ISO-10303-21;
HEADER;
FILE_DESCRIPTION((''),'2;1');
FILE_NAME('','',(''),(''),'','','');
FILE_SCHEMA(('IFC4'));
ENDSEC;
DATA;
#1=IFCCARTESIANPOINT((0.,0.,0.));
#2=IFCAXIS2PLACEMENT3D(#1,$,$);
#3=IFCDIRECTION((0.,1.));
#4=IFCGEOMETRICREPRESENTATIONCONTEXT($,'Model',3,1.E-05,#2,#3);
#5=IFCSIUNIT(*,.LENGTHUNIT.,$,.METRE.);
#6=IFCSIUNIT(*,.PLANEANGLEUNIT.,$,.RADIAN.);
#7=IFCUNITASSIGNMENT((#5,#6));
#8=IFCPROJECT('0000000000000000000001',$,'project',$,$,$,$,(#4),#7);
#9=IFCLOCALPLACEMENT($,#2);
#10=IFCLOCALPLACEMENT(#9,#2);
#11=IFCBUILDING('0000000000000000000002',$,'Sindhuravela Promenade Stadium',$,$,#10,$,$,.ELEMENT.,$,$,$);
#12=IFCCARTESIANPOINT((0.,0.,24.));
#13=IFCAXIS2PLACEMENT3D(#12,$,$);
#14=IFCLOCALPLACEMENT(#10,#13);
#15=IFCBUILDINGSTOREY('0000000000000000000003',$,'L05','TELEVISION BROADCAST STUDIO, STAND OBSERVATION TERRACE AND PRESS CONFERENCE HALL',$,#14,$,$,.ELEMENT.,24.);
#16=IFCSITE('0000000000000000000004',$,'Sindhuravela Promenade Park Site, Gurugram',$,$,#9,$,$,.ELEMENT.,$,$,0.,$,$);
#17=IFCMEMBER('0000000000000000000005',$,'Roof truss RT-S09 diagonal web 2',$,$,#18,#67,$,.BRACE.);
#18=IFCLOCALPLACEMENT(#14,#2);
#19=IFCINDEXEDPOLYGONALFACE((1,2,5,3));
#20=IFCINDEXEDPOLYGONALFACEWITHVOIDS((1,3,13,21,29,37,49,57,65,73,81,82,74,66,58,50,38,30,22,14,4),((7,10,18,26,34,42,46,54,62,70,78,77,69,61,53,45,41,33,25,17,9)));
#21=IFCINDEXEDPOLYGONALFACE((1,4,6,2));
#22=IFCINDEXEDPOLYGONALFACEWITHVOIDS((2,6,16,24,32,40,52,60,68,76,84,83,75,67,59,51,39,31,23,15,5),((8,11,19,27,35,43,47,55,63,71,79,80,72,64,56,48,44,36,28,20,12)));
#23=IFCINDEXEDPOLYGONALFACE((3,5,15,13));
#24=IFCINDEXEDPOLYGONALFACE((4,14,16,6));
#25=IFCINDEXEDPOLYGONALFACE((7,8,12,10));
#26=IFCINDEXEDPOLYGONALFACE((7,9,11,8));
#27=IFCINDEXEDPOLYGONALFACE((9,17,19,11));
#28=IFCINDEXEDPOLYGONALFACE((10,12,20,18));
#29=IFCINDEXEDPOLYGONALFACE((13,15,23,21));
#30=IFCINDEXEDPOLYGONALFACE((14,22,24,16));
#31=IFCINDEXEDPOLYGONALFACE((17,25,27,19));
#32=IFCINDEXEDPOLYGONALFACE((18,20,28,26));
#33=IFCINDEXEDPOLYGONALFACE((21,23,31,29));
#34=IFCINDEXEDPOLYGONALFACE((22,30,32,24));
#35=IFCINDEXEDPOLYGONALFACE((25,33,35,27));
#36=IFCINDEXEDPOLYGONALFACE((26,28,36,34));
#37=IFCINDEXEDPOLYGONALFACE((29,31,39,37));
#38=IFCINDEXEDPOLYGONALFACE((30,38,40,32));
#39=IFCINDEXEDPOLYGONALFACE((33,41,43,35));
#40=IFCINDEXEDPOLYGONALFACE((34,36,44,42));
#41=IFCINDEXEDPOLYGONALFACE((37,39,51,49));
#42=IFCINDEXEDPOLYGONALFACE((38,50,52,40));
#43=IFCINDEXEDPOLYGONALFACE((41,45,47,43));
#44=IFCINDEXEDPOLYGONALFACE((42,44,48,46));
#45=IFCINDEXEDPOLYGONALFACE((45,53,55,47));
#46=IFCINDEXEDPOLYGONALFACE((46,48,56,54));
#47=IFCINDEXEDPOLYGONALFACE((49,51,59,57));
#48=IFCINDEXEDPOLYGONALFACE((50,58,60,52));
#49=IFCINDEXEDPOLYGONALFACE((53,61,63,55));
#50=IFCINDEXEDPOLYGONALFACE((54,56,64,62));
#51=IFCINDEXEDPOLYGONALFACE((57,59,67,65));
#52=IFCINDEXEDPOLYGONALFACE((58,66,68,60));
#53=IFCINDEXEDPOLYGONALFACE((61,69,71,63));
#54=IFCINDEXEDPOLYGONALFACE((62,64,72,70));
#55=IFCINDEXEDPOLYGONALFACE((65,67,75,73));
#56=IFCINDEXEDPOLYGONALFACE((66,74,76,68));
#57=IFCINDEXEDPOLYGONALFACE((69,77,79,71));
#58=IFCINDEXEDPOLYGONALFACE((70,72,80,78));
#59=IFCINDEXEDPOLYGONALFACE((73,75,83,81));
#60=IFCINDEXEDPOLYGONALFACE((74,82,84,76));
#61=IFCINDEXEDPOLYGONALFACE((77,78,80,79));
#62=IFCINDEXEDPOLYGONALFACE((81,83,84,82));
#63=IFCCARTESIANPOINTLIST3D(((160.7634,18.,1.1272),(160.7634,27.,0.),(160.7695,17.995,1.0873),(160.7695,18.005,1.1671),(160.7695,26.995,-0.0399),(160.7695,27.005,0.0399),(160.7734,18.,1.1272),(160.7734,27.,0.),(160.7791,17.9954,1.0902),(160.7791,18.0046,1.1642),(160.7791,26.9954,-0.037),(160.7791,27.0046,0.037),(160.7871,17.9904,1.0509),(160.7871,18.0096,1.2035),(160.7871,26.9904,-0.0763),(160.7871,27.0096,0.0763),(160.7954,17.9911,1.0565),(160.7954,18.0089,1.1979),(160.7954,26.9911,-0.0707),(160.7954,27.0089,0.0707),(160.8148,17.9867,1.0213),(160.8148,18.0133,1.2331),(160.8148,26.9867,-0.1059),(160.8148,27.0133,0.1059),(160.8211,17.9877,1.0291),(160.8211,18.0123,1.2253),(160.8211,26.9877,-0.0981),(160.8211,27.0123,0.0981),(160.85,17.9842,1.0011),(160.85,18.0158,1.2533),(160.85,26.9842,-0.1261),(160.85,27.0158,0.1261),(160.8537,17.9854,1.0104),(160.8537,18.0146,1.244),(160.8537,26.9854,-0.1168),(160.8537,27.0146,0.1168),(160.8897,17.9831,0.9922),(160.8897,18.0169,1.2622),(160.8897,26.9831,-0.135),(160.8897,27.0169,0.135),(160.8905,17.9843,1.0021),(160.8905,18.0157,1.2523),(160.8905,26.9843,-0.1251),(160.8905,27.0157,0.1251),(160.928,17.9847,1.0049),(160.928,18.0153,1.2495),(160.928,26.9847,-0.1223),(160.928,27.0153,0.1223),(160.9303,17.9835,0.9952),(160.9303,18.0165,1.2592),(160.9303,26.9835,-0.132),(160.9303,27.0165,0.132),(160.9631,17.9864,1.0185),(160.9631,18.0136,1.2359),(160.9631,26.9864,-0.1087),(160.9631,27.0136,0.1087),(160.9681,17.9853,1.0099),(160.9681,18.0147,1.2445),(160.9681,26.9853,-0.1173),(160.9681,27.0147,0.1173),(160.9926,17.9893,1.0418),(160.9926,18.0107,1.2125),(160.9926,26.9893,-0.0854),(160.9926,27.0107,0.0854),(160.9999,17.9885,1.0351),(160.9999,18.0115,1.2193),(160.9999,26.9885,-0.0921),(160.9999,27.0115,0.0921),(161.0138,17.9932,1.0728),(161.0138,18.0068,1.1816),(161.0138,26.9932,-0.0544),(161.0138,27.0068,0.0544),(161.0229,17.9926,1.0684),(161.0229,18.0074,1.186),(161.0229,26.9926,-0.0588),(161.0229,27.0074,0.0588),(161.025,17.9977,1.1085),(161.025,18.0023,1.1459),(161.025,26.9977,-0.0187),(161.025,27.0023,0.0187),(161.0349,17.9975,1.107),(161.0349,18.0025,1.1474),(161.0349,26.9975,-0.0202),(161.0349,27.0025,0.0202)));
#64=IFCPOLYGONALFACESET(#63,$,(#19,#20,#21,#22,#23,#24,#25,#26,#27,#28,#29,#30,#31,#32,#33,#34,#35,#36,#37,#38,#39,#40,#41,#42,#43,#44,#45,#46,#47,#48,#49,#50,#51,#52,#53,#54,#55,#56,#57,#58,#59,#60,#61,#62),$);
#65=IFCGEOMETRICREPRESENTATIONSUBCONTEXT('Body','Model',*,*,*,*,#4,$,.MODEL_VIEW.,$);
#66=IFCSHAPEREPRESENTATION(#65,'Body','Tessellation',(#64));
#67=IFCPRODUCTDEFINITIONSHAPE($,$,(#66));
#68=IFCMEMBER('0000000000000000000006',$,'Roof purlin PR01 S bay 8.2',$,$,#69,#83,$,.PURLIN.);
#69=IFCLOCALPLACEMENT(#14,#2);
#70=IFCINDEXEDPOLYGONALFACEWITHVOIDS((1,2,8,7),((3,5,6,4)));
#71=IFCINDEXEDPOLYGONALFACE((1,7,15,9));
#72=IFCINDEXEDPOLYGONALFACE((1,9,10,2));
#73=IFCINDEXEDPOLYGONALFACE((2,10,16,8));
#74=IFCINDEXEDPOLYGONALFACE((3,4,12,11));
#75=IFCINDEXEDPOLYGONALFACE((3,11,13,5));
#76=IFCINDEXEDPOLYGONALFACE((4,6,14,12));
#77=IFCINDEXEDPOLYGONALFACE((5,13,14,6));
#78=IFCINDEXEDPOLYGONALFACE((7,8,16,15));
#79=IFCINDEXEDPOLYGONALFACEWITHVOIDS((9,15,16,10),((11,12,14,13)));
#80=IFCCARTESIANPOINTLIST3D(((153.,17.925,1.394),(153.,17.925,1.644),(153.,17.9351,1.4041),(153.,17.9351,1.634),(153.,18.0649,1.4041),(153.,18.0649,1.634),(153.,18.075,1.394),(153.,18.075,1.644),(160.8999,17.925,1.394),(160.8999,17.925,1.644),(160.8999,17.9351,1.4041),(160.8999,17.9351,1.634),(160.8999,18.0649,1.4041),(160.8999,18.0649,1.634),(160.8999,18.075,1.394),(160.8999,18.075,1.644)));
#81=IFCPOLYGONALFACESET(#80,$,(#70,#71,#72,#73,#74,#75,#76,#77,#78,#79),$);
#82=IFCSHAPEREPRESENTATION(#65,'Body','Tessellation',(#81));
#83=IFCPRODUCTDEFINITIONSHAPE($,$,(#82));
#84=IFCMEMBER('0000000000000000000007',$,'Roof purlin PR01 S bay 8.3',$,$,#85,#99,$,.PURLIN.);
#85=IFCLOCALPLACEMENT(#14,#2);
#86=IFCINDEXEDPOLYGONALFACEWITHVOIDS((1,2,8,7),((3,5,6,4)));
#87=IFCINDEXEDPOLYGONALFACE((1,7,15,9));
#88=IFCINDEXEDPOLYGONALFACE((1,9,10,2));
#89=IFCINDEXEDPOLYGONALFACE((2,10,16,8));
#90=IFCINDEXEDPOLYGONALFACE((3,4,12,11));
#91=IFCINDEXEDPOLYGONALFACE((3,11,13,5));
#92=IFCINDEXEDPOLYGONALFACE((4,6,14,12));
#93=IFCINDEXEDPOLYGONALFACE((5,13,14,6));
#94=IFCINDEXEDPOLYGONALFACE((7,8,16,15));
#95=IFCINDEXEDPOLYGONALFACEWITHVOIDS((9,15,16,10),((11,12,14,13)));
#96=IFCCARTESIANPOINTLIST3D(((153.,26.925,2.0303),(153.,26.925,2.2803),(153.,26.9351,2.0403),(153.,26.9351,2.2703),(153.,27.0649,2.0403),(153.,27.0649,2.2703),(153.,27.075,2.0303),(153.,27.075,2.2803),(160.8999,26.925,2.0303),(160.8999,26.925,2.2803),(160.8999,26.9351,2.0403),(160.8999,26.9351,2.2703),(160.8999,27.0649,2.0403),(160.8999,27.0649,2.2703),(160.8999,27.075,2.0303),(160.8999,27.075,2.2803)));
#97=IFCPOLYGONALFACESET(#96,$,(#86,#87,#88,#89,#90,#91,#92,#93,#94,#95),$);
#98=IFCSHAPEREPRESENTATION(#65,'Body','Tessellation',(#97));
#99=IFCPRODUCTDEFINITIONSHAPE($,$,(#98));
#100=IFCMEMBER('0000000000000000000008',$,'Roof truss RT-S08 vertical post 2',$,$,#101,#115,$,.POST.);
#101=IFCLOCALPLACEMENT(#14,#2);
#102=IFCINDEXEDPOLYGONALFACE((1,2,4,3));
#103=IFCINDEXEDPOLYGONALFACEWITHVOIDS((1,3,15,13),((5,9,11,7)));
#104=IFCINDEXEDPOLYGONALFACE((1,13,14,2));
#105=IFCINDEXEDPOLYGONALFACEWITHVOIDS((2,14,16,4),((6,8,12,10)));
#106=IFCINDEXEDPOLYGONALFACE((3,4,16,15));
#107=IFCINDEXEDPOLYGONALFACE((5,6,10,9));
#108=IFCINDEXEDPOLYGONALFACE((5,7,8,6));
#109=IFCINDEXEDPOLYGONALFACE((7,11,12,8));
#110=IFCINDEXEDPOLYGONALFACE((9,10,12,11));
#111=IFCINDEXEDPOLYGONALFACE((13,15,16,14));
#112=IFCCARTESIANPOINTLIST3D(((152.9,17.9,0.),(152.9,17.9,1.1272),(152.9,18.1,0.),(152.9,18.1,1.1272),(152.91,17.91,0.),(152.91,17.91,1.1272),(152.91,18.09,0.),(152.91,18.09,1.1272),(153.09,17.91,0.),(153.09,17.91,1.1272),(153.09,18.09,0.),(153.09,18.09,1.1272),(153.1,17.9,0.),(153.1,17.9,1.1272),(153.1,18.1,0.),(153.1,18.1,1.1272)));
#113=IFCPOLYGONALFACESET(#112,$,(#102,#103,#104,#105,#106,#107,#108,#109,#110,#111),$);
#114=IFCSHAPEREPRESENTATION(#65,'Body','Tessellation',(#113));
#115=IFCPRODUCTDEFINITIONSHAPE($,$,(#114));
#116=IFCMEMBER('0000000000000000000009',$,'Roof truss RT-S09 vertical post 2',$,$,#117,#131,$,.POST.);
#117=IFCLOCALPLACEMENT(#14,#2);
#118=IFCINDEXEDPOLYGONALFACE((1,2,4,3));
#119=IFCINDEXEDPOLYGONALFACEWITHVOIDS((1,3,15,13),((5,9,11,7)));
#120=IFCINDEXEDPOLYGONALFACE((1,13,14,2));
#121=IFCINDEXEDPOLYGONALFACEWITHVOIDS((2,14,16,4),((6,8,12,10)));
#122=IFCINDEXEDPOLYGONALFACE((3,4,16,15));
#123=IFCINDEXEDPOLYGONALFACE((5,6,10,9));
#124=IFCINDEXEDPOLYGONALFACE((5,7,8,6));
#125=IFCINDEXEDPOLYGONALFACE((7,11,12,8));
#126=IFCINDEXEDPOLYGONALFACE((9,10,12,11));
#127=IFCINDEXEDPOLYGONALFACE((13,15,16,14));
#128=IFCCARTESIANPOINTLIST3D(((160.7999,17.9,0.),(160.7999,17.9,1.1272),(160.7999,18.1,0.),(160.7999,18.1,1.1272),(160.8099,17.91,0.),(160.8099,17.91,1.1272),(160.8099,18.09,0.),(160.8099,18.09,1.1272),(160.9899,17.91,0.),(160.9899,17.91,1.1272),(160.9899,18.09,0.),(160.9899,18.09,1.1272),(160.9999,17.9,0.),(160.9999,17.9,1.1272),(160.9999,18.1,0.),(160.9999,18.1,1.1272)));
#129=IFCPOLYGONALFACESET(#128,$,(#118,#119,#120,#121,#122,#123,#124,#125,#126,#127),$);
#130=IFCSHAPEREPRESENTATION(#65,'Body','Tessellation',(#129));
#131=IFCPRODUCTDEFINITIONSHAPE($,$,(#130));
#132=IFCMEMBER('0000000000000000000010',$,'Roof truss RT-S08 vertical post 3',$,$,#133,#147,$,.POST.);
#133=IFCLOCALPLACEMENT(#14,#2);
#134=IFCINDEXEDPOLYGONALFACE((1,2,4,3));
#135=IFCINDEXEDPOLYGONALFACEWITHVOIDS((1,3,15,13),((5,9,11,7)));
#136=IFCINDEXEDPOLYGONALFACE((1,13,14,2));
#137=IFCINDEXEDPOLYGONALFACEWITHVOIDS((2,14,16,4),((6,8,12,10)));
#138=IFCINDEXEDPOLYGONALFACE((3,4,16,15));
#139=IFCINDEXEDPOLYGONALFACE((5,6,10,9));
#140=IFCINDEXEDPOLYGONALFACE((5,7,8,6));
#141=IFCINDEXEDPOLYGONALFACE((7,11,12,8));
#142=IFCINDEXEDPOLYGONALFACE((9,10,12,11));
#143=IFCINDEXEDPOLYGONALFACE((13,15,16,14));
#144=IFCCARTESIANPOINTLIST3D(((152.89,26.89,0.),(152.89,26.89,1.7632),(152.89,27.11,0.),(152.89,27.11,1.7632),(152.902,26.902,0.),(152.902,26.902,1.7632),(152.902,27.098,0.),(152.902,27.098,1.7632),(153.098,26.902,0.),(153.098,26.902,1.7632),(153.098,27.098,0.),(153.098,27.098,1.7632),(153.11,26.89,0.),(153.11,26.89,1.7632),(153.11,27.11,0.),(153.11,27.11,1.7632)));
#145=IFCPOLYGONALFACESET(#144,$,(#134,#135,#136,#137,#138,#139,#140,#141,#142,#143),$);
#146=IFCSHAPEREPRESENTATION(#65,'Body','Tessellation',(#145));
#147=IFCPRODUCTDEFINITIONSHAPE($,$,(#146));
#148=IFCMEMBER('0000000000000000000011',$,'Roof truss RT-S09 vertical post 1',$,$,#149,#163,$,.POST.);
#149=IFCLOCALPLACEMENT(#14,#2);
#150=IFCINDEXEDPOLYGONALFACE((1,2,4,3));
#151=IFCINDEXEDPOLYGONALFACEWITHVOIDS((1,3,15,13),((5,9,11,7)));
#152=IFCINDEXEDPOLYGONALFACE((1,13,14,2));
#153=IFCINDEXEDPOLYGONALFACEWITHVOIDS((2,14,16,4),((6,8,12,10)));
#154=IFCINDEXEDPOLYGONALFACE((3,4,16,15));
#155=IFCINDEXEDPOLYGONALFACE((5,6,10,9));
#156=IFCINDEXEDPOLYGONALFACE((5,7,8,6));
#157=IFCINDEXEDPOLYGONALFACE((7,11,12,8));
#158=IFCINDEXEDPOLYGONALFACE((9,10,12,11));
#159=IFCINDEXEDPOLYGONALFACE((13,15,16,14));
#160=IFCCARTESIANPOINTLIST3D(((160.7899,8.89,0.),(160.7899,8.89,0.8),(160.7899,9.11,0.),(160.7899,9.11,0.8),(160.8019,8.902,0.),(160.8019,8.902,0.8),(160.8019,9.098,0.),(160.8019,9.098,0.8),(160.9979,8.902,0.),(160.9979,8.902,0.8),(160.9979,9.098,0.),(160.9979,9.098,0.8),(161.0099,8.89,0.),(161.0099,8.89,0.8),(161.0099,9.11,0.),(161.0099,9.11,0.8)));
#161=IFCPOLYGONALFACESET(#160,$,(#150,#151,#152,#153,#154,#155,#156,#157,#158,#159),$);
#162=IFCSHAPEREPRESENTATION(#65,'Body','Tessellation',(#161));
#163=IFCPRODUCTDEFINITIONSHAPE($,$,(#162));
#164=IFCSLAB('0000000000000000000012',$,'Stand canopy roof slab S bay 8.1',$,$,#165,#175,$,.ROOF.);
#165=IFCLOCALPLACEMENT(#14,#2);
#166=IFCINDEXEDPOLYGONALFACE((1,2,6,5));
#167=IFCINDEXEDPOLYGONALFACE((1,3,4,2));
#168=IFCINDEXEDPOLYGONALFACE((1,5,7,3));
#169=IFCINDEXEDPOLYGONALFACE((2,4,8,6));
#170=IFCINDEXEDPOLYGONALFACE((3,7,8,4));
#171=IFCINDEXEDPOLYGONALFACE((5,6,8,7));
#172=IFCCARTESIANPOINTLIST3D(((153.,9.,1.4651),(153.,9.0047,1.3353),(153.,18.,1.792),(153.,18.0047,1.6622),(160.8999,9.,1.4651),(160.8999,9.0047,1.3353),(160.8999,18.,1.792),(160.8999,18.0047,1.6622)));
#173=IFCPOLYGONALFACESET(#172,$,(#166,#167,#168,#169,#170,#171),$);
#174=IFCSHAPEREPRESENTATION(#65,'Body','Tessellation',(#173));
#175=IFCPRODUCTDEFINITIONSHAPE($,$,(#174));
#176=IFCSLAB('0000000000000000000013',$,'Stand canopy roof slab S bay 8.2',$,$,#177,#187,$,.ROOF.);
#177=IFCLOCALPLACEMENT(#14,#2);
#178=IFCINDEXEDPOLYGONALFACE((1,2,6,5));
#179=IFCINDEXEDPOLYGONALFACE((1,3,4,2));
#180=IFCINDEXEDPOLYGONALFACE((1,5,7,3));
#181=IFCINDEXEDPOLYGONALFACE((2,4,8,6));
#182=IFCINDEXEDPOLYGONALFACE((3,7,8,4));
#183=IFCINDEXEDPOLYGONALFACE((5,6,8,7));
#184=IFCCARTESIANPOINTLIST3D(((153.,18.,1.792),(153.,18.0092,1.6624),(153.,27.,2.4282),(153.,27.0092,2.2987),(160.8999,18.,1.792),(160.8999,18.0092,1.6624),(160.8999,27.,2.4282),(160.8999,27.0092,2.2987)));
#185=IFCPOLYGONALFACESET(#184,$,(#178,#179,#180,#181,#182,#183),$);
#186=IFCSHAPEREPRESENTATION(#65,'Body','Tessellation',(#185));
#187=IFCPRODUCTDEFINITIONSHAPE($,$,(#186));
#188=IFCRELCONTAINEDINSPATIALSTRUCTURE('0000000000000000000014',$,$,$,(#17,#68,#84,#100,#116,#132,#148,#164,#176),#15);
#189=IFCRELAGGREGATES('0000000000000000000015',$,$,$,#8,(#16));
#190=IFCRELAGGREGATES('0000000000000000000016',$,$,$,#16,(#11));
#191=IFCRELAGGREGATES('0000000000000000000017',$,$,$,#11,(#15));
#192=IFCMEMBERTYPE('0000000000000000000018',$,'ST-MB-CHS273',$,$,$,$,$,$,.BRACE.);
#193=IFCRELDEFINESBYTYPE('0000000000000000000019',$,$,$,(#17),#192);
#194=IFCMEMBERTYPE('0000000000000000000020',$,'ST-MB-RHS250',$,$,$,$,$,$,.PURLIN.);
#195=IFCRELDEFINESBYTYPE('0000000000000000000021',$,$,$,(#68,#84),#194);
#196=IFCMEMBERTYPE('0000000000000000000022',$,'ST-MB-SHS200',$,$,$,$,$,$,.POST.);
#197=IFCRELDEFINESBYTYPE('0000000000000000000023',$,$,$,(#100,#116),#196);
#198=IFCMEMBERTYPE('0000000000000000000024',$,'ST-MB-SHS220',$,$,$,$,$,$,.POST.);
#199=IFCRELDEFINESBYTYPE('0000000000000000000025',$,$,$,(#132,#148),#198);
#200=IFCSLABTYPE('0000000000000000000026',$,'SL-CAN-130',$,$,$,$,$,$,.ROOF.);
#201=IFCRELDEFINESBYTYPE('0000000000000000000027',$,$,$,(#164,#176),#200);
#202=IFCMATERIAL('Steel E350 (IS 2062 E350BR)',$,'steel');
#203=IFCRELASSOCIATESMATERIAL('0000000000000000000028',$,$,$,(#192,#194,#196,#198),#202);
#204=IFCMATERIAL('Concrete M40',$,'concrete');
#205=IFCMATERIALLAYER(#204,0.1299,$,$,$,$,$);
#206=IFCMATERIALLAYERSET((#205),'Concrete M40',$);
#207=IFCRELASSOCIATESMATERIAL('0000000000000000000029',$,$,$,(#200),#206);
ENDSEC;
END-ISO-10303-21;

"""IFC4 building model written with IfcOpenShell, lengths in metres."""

from ifc_helpers import new_model, si_unit, direction, frame, origin, origin_2d, place, context, subcontext, project, spatial, polyline, hollow_rectangle, hollow_circle, outline, extrude, material, layer, layer_set, material_profile, profile_set, type_object, element, save


model = new_model("IFC4")

# Units and contexts
model_context = context("Model", 3, precision=1e-05, world=origin(), true_north=direction((0.0, 1.0)))
body_context = subcontext(model_context, "Body", "Model", "MODEL_VIEW")
ifc_project = project(units=[si_unit("LENGTHUNIT", "METRE"), si_unit("PLANEANGLEUNIT", "RADIAN")], contexts=[model_context])

# Site, building, storey
site_placement = place(None, origin())
site = spatial("IfcSite", under=ifc_project, at=site_placement, Name="Sindhuravela Promenade Park Site, Gurugram", CompositionType="ELEMENT", RefElevation=0.0)
building_placement = place(site_placement, origin())
building = spatial("IfcBuilding", under=site, at=building_placement, Name="Sindhuravela Promenade Stadium", CompositionType="ELEMENT")
storey_placement = place(building_placement, frame((0.0, 0.0, 24.0)))
storey = spatial("IfcBuildingStorey", under=building, at=storey_placement, Name="L05", Description="TELEVISION BROADCAST STUDIO, STAND OBSERVATION TERRACE AND PRESS CONFERENCE HALL", CompositionType="ELEMENT", Elevation=24.0)

# Shared definitions
ifc_material_1 = material(Name="Steel E350 (IS 2062 E350BR)", Category="steel")

# Members
ifc_material_profile_1 = material_profile(ifc_material_1, hollow_circle(Radius=0.1365, WallThickness=0.01, at=origin_2d()), Name="CHS 273.0x10")
ifc_profile_set_1 = profile_set([ifc_material_profile_1], Name="Steel E350 (IS 2062 E350BR)")
member_type_1 = type_object("IfcMemberType", Name="ST-MB-CHS273", PredefinedType="BRACE", material=ifc_profile_set_1)
for number, where, z_axis, x_axis, name in (
    (1, (160.8999, 18.0, 1.1272), (0.0, 0.992248, -0.124273), (-1.0, 0.0, 0.0), "Roof truss RT-S09 diagonal web 2"),
):
    element("IfcMember", number, at=place(storey_placement, frame(where, z_axis=z_axis, x_axis=x_axis)), inside=storey, type_object=member_type_1, Name=name, PredefinedType="BRACE", context=body_context, shape_type="SweptSolid", body=[
        extrude(hollow_circle(Radius=0.1365, WallThickness=0.01, at=origin_2d()), origin(), (0.0, 0.0, 1.0), 9.0703),
    ])
ifc_material_profile_2 = material_profile(ifc_material_1, hollow_rectangle(XDim=0.1499, YDim=0.25, WallThickness=0.01, at=origin_2d()), Name="RHS 250x150x10")
ifc_profile_set_2 = profile_set([ifc_material_profile_2], Name="Steel E350 (IS 2062 E350BR)")
member_type_2 = type_object("IfcMemberType", Name="ST-MB-RHS250", PredefinedType="PURLIN", material=ifc_profile_set_2)
for number, where, z_axis, x_axis, name in (
    (2, (153.0, 18.0, 1.519), (1.0, 0.0, 0.0), (0.0, 1.0, 0.0), "Roof purlin PR01 S bay 8.2"),
    (3, (153.0, 27.0, 2.1553), (1.0, 0.0, 0.0), (0.0, 1.0, 0.0), "Roof purlin PR01 S bay 8.3"),
):
    element("IfcMember", number, at=place(storey_placement, frame(where, z_axis=z_axis, x_axis=x_axis)), inside=storey, type_object=member_type_2, Name=name, PredefinedType="PURLIN", context=body_context, shape_type="SweptSolid", body=[
        extrude(hollow_rectangle(XDim=0.1499, YDim=0.25, WallThickness=0.01, at=origin_2d()), origin(), (0.0, 0.0, 1.0), 7.8999),
    ])
ifc_material_profile_3 = material_profile(ifc_material_1, hollow_rectangle(XDim=0.2, YDim=0.2, WallThickness=0.01, at=origin_2d()), Name="SHS 200x200x10")
ifc_profile_set_3 = profile_set([ifc_material_profile_3], Name="Steel E350 (IS 2062 E350BR)")
member_type_3 = type_object("IfcMemberType", Name="ST-MB-SHS200", PredefinedType="POST", material=ifc_profile_set_3)
for number, where, z_axis, x_axis, name in (
    (4, (153.0, 18.0, 0.0), (0.0, 0.0, 1.0), (1.0, 0.0, 0.0), "Roof truss RT-S08 vertical post 2"),
    (5, (160.8999, 18.0, 0.0), (0.0, 0.0, 1.0), (1.0, 0.0, 0.0), "Roof truss RT-S09 vertical post 2"),
):
    element("IfcMember", number, at=place(storey_placement, frame(where, z_axis=z_axis, x_axis=x_axis)), inside=storey, type_object=member_type_3, Name=name, PredefinedType="POST", context=body_context, shape_type="SweptSolid", body=[
        extrude(hollow_rectangle(XDim=0.2, YDim=0.2, WallThickness=0.01, at=origin_2d()), origin(), (0.0, 0.0, 1.0), 1.1272),
    ])
ifc_material_profile_4 = material_profile(ifc_material_1, hollow_rectangle(XDim=0.22, YDim=0.22, WallThickness=0.012, at=origin_2d()), Name="SHS 220x220x12")
ifc_profile_set_4 = profile_set([ifc_material_profile_4], Name="Steel E350 (IS 2062 E350BR)")
member_type_4 = type_object("IfcMemberType", Name="ST-MB-SHS220", PredefinedType="POST", material=ifc_profile_set_4)
member_1_placement = place(storey_placement, frame((153.0, 27.0, 0.0), z_axis=(0.0, 0.0, 1.0), x_axis=(1.0, 0.0, 0.0)))
element("IfcMember", 6, at=member_1_placement, inside=storey, type_object=member_type_4, Name="Roof truss RT-S08 vertical post 3", PredefinedType="POST", context=body_context, shape_type="SweptSolid", body=[
    extrude(hollow_rectangle(XDim=0.22, YDim=0.22, WallThickness=0.012, at=origin_2d()), origin(), (0.0, 0.0, 1.0), 1.7632),
])
member_2_placement = place(storey_placement, frame((160.8999, 9.0, 0.0), z_axis=(0.0, 0.0, 1.0), x_axis=(1.0, 0.0, 0.0)))
element("IfcMember", 7, at=member_2_placement, inside=storey, type_object=member_type_4, Name="Roof truss RT-S09 vertical post 1", PredefinedType="POST", context=body_context, shape_type="SweptSolid", body=[
    extrude(hollow_rectangle(XDim=0.22, YDim=0.22, WallThickness=0.012, at=origin_2d()), origin(), (0.0, 0.0, 1.0), 0.8),
])

# Slabs
ifc_material_2 = material(Name="Concrete M40", Category="concrete")
ifc_layer_1 = layer(ifc_material_2, 0.1299)
ifc_layer_set_1 = layer_set([ifc_layer_1], Name="Concrete M40")
slab_type = type_object("IfcSlabType", Name="SL-CAN-130", PredefinedType="ROOF", material=ifc_layer_set_1)
slab_1_placement = place(storey_placement, frame((153.0, 9.0, 1.4651), z_axis=(0.0, -0.036299, 0.999341), x_axis=(1.0, 0.0, 0.0)))
element("IfcSlab", 8, at=slab_1_placement, inside=storey, type_object=slab_type, Name="Stand canopy roof slab S bay 8.1", PredefinedType="ROOF", context=body_context, shape_type="SweptSolid", body=[
    extrude(outline(polyline([(0.0, 0.0), (7.8999, 0.0), (7.8999, 9.0059), (0.0, 9.0059), (0.0, 0.0)])), origin(), (0.0, 0.0, -1.0), 0.1299),
])
slab_2_placement = place(storey_placement, frame((153.0, 18.0, 1.792), z_axis=(0.0, -0.070516, 0.997511), x_axis=(1.0, 0.0, 0.0)))
element("IfcSlab", 9, at=slab_2_placement, inside=storey, type_object=slab_type, Name="Stand canopy roof slab S bay 8.2", PredefinedType="ROOF", context=body_context, shape_type="SweptSolid", body=[
    extrude(outline(polyline([(0.0, 0.0), (7.8999, 0.0), (7.8999, 9.0225), (0.0, 9.0225), (0.0, 0.0)])), origin(), (0.0, 0.0, -1.0), 0.1299),
])

save(model, "model.ifc")
